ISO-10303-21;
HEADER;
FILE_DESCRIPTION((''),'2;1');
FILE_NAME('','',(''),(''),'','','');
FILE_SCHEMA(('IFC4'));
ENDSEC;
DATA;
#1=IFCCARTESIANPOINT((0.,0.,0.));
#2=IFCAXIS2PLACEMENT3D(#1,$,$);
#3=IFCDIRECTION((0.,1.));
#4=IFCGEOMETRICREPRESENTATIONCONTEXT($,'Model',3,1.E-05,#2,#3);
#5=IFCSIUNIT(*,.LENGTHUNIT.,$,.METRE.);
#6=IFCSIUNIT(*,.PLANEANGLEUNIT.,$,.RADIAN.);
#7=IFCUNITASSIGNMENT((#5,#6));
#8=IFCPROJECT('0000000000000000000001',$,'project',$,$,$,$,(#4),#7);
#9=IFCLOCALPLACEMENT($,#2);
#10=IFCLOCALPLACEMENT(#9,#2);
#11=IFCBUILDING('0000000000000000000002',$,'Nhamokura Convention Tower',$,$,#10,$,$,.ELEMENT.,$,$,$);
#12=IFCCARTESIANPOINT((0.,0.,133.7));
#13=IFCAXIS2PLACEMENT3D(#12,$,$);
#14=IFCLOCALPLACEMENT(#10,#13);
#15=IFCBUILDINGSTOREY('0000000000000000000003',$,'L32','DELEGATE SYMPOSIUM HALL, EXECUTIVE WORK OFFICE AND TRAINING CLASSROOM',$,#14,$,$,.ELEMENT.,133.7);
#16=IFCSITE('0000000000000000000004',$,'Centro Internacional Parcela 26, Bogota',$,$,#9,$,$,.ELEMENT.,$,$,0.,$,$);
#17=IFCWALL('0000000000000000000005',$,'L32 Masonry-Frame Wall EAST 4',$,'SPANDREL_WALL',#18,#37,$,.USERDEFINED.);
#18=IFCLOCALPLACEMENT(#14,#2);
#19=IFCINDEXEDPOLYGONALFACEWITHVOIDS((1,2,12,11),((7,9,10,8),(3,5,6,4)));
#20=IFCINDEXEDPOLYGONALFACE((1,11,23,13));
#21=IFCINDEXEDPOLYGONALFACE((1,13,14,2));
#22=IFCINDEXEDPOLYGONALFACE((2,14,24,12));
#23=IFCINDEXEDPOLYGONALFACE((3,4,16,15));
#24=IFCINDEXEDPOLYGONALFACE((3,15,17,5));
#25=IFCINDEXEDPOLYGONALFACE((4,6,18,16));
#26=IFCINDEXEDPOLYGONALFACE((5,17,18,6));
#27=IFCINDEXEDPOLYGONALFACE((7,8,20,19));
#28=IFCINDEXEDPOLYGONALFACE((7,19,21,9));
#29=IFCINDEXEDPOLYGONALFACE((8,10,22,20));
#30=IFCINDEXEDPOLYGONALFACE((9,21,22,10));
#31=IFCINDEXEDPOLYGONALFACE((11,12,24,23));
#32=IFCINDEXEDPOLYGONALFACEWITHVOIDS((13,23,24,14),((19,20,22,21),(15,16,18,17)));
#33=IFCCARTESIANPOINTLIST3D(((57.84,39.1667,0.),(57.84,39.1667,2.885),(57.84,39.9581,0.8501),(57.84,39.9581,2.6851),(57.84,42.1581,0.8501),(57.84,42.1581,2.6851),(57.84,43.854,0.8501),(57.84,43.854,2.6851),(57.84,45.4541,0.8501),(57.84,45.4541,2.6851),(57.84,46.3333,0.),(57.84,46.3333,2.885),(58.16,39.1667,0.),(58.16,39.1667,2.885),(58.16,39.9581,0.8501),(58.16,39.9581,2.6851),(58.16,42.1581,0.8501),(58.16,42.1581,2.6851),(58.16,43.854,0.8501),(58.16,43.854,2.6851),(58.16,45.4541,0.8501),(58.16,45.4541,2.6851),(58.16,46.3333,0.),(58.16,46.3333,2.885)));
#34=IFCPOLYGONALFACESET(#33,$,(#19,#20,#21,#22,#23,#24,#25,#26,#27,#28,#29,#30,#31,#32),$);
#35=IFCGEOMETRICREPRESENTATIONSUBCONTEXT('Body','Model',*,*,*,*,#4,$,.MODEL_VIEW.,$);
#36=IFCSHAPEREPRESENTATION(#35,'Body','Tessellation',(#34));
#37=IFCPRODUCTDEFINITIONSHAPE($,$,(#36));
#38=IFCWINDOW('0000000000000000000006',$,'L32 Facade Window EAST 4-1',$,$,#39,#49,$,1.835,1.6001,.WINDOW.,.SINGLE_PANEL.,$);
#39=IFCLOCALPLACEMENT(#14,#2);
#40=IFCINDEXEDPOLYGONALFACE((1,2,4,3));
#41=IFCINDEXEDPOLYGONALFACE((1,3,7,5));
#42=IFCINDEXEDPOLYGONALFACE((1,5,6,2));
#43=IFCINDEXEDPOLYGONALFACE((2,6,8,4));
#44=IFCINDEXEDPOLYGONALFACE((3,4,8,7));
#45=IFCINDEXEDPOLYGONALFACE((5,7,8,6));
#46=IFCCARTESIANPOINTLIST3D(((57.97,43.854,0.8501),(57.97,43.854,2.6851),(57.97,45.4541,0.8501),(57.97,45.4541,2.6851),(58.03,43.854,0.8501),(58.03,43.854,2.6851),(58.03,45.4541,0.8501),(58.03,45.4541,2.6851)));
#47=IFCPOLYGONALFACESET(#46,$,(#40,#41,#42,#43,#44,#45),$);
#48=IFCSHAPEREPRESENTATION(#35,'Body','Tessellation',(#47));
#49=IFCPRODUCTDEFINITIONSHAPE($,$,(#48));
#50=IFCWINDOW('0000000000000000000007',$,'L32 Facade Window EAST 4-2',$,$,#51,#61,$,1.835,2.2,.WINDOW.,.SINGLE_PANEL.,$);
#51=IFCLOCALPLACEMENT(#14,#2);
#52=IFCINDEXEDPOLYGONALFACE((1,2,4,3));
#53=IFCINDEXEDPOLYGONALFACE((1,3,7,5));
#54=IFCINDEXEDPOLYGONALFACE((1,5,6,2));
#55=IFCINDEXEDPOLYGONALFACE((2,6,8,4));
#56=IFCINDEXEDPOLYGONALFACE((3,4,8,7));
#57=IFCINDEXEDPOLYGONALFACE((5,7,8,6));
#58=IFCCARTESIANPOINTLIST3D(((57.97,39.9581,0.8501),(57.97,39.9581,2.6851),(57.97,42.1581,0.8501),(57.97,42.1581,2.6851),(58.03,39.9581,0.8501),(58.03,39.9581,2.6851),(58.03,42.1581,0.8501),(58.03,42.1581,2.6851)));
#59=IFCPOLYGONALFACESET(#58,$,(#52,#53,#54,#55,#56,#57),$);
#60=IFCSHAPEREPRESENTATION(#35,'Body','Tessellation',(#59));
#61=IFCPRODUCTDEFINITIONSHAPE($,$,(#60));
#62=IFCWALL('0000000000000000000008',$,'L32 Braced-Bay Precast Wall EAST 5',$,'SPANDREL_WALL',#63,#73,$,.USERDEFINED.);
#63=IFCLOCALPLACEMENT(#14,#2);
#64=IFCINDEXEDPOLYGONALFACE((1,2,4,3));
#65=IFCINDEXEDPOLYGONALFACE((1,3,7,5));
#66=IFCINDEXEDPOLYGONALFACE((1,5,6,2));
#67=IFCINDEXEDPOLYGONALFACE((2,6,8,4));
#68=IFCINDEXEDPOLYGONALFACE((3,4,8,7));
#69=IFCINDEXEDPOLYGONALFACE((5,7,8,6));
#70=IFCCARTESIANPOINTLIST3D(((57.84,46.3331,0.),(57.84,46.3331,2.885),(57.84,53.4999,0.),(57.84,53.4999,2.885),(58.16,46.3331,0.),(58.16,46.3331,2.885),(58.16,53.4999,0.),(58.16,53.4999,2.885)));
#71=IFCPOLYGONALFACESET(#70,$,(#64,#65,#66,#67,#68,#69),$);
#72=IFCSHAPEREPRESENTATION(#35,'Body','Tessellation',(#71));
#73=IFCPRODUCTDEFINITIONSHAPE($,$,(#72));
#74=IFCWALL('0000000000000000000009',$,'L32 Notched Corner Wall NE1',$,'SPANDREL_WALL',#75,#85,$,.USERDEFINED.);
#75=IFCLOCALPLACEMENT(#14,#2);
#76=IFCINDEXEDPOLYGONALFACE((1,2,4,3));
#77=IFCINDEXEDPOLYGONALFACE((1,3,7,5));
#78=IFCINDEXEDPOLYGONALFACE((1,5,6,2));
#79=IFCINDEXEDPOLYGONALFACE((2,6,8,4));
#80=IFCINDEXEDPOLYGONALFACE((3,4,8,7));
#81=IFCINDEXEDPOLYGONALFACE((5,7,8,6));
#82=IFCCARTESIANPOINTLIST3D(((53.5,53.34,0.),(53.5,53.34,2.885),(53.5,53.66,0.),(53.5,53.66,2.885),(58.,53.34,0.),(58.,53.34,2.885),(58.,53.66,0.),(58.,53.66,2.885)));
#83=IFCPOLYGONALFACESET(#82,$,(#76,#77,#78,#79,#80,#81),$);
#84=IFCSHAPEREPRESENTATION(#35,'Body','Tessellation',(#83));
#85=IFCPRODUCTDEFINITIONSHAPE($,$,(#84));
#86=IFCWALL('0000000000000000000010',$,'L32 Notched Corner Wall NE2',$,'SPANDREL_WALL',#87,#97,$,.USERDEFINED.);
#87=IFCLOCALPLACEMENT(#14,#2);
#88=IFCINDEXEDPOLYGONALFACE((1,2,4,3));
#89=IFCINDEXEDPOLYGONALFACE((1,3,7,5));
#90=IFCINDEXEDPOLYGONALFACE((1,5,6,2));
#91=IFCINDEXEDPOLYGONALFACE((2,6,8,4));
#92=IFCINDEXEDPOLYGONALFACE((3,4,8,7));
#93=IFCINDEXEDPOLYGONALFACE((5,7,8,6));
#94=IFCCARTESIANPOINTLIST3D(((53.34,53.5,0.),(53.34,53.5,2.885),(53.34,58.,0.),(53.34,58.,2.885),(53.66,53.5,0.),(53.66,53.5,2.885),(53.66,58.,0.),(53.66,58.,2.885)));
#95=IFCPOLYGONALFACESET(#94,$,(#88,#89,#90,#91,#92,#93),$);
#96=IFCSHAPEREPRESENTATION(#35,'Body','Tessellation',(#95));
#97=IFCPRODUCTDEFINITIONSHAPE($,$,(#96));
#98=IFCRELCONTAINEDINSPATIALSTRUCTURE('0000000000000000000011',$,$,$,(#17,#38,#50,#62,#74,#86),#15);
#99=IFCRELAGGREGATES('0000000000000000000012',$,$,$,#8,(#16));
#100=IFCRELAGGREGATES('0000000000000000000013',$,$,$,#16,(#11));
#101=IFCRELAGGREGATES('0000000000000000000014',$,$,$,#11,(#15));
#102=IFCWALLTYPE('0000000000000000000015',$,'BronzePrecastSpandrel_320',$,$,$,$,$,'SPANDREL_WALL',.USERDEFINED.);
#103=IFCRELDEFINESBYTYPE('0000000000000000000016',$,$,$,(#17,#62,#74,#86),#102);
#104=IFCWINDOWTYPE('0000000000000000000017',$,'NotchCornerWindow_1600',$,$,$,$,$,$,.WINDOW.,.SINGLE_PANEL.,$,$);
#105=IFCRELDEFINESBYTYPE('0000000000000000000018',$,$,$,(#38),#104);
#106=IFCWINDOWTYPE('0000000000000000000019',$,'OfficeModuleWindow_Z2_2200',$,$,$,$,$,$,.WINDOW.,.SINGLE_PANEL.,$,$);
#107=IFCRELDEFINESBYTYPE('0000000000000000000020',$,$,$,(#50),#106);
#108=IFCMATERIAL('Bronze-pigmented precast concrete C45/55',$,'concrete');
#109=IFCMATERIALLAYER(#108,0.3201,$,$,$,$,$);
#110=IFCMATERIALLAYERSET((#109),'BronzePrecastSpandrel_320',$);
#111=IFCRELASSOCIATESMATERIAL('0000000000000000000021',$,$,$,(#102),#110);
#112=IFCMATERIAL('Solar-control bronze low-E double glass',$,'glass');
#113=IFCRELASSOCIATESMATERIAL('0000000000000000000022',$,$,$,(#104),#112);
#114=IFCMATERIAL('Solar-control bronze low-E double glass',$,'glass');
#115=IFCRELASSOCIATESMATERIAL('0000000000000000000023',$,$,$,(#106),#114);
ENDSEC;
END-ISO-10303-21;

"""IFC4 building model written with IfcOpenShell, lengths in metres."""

from ifc_helpers import new_model, si_unit, direction, frame, frame_2d, origin, place, context, subcontext, project, spatial, rectangle, extrude, material, layer, layer_set, type_object, element, fill, save


model = new_model("IFC4")

# Units and contexts
model_context = context("Model", 3, precision=1e-05, world=origin(), true_north=direction((0.0, 1.0)))
body_context = subcontext(model_context, "Body", "Model", "MODEL_VIEW")
ifc_project = project(units=[si_unit("LENGTHUNIT", "METRE"), si_unit("PLANEANGLEUNIT", "RADIAN")], contexts=[model_context])

# Site, building, storey
site_placement = place(None, origin())
site = spatial("IfcSite", under=ifc_project, at=site_placement, Name="Centro Internacional Parcela 26, Bogota", CompositionType="ELEMENT", RefElevation=0.0)
building_placement = place(site_placement, origin())
building = spatial("IfcBuilding", under=site, at=building_placement, Name="Nhamokura Convention Tower", CompositionType="ELEMENT")
storey_placement = place(building_placement, frame((0.0, 0.0, 133.7)))
storey = spatial("IfcBuildingStorey", under=building, at=storey_placement, Name="L32", Description="DELEGATE SYMPOSIUM HALL, EXECUTIVE WORK OFFICE AND TRAINING CLASSROOM", CompositionType="ELEMENT", Elevation=133.7)

# Shared definitions
ifc_material_1 = material(Name="Bronze-pigmented precast concrete C45/55", Category="concrete")
ifc_layer_1 = layer(ifc_material_1, 0.3201)
ifc_layer_set_1 = layer_set([ifc_layer_1], Name="BronzePrecastSpandrel_320")
wall_type = type_object("IfcWallType", Name="BronzePrecastSpandrel_320", ElementType="SPANDREL_WALL", PredefinedType="USERDEFINED", material=ifc_layer_set_1)

# Wall, openings, windows
wall_1_placement = place(storey_placement, frame((58.0, 46.3333, 0.0), z_axis=(0.0, 0.0, 1.0), x_axis=(0.0, -1.0, 0.0)))
wall_1 = element("IfcWall", 1, at=wall_1_placement, inside=storey, type_object=wall_type, Name="L32 Masonry-Frame Wall EAST 4", ObjectType="SPANDREL_WALL", PredefinedType="USERDEFINED", context=body_context, shape_type="SweptSolid", body=[
    extrude(rectangle(XDim=7.1665, YDim=0.3201, at=frame_2d((3.5833, 0.0))), origin(), (0.0, 0.0, 1.0), 2.885),
])
opening_1_placement = place(wall_1_placement, frame((0.8792, 0.0, 0.8501)))
opening_1 = element("IfcOpeningElement", 2, at=opening_1_placement, cuts=wall_1, PredefinedType="OPENING", context=body_context, shape_type="SweptSolid", body=[
    extrude(rectangle(XDim=1.6001, YDim=1.835, at=frame_2d((0.8, 0.9175))), frame((0.0, 0.1699, 0.0), z_axis=(0.0, -1.0, 0.0), x_axis=(1.0, 0.0, 0.0)), (0.0, 0.0, 1.0), 0.3401),
])
opening_2_placement = place(wall_1_placement, frame((4.175, 0.0, 0.8501)))
opening_2 = element("IfcOpeningElement", 3, at=opening_2_placement, cuts=wall_1, PredefinedType="OPENING", context=body_context, shape_type="SweptSolid", body=[
    extrude(rectangle(XDim=2.2, YDim=1.835, at=frame_2d((1.1001, 0.9175))), frame((0.0, 0.1699, 0.0), z_axis=(0.0, -1.0, 0.0), x_axis=(1.0, 0.0, 0.0)), (0.0, 0.0, 1.0), 0.3401),
])
ifc_material_2 = material(Name="Solar-control bronze low-E double glass", Category="glass")
window_type_1 = type_object("IfcWindowType", Name="NotchCornerWindow_1600", PartitioningType="SINGLE_PANEL", PredefinedType="WINDOW", material=ifc_material_2)
window_1_placement = place(opening_1_placement, origin())
window_1 = element("IfcWindow", 4, at=window_1_placement, inside=storey, type_object=window_type_1, Name="L32 Facade Window EAST 4-1", OverallHeight=1.835, OverallWidth=1.6001, PartitioningType="SINGLE_PANEL", PredefinedType="WINDOW", context=body_context, shape_type="SweptSolid", body=[
    extrude(rectangle(XDim=1.6001, YDim=1.835, at=frame_2d((0.8, 0.9175))), frame((0.0, 0.03, 0.0), z_axis=(0.0, -1.0, 0.0), x_axis=(1.0, 0.0, 0.0)), (0.0, 0.0, 1.0), 0.0601),
])
fill(opening_1, window_1)
ifc_material_3 = material(Name="Solar-control bronze low-E double glass", Category="glass")
window_type_2 = type_object("IfcWindowType", Name="OfficeModuleWindow_Z2_2200", PartitioningType="SINGLE_PANEL", PredefinedType="WINDOW", material=ifc_material_3)
window_2_placement = place(opening_2_placement, origin())
window_2 = element("IfcWindow", 5, at=window_2_placement, inside=storey, type_object=window_type_2, Name="L32 Facade Window EAST 4-2", OverallHeight=1.835, OverallWidth=2.2, PartitioningType="SINGLE_PANEL", PredefinedType="WINDOW", context=body_context, shape_type="SweptSolid", body=[
    extrude(rectangle(XDim=2.2, YDim=1.835, at=frame_2d((1.1001, 0.9175))), frame((0.0, 0.03, 0.0), z_axis=(0.0, -1.0, 0.0), x_axis=(1.0, 0.0, 0.0)), (0.0, 0.0, 1.0), 0.0601),
])
fill(opening_2, window_2)

# Walls
wall_2_placement = place(storey_placement, frame((58.0, 53.5, 0.0), z_axis=(0.0, 0.0, 1.0), x_axis=(0.0, -1.0, 0.0)))
element("IfcWall", 6, at=wall_2_placement, inside=storey, type_object=wall_type, Name="L32 Braced-Bay Precast Wall EAST 5", ObjectType="SPANDREL_WALL", PredefinedType="USERDEFINED", context=body_context, shape_type="SweptSolid", body=[
    extrude(rectangle(XDim=7.1667, YDim=0.3201, at=frame_2d((3.5835, 0.0))), origin(), (0.0, 0.0, 1.0), 2.885),
])
for number, where, z_axis, x_axis, name in (
    (7, (53.5, 53.5, 0.0), (0.0, 0.0, 1.0), (1.0, 0.0, 0.0), "L32 Notched Corner Wall NE1"),
    (8, (53.5, 58.0, 0.0), (0.0, 0.0, 1.0), (0.0, -1.0, 0.0), "L32 Notched Corner Wall NE2"),
):
    element("IfcWall", number, at=place(storey_placement, frame(where, z_axis=z_axis, x_axis=x_axis)), inside=storey, type_object=wall_type, Name=name, ObjectType="SPANDREL_WALL", PredefinedType="USERDEFINED", context=body_context, shape_type="SweptSolid", body=[
        extrude(rectangle(XDim=4.5, YDim=0.3201, at=frame_2d((2.25, 0.0))), origin(), (0.0, 0.0, 1.0), 2.885),
    ])

save(model, "model.ifc")
